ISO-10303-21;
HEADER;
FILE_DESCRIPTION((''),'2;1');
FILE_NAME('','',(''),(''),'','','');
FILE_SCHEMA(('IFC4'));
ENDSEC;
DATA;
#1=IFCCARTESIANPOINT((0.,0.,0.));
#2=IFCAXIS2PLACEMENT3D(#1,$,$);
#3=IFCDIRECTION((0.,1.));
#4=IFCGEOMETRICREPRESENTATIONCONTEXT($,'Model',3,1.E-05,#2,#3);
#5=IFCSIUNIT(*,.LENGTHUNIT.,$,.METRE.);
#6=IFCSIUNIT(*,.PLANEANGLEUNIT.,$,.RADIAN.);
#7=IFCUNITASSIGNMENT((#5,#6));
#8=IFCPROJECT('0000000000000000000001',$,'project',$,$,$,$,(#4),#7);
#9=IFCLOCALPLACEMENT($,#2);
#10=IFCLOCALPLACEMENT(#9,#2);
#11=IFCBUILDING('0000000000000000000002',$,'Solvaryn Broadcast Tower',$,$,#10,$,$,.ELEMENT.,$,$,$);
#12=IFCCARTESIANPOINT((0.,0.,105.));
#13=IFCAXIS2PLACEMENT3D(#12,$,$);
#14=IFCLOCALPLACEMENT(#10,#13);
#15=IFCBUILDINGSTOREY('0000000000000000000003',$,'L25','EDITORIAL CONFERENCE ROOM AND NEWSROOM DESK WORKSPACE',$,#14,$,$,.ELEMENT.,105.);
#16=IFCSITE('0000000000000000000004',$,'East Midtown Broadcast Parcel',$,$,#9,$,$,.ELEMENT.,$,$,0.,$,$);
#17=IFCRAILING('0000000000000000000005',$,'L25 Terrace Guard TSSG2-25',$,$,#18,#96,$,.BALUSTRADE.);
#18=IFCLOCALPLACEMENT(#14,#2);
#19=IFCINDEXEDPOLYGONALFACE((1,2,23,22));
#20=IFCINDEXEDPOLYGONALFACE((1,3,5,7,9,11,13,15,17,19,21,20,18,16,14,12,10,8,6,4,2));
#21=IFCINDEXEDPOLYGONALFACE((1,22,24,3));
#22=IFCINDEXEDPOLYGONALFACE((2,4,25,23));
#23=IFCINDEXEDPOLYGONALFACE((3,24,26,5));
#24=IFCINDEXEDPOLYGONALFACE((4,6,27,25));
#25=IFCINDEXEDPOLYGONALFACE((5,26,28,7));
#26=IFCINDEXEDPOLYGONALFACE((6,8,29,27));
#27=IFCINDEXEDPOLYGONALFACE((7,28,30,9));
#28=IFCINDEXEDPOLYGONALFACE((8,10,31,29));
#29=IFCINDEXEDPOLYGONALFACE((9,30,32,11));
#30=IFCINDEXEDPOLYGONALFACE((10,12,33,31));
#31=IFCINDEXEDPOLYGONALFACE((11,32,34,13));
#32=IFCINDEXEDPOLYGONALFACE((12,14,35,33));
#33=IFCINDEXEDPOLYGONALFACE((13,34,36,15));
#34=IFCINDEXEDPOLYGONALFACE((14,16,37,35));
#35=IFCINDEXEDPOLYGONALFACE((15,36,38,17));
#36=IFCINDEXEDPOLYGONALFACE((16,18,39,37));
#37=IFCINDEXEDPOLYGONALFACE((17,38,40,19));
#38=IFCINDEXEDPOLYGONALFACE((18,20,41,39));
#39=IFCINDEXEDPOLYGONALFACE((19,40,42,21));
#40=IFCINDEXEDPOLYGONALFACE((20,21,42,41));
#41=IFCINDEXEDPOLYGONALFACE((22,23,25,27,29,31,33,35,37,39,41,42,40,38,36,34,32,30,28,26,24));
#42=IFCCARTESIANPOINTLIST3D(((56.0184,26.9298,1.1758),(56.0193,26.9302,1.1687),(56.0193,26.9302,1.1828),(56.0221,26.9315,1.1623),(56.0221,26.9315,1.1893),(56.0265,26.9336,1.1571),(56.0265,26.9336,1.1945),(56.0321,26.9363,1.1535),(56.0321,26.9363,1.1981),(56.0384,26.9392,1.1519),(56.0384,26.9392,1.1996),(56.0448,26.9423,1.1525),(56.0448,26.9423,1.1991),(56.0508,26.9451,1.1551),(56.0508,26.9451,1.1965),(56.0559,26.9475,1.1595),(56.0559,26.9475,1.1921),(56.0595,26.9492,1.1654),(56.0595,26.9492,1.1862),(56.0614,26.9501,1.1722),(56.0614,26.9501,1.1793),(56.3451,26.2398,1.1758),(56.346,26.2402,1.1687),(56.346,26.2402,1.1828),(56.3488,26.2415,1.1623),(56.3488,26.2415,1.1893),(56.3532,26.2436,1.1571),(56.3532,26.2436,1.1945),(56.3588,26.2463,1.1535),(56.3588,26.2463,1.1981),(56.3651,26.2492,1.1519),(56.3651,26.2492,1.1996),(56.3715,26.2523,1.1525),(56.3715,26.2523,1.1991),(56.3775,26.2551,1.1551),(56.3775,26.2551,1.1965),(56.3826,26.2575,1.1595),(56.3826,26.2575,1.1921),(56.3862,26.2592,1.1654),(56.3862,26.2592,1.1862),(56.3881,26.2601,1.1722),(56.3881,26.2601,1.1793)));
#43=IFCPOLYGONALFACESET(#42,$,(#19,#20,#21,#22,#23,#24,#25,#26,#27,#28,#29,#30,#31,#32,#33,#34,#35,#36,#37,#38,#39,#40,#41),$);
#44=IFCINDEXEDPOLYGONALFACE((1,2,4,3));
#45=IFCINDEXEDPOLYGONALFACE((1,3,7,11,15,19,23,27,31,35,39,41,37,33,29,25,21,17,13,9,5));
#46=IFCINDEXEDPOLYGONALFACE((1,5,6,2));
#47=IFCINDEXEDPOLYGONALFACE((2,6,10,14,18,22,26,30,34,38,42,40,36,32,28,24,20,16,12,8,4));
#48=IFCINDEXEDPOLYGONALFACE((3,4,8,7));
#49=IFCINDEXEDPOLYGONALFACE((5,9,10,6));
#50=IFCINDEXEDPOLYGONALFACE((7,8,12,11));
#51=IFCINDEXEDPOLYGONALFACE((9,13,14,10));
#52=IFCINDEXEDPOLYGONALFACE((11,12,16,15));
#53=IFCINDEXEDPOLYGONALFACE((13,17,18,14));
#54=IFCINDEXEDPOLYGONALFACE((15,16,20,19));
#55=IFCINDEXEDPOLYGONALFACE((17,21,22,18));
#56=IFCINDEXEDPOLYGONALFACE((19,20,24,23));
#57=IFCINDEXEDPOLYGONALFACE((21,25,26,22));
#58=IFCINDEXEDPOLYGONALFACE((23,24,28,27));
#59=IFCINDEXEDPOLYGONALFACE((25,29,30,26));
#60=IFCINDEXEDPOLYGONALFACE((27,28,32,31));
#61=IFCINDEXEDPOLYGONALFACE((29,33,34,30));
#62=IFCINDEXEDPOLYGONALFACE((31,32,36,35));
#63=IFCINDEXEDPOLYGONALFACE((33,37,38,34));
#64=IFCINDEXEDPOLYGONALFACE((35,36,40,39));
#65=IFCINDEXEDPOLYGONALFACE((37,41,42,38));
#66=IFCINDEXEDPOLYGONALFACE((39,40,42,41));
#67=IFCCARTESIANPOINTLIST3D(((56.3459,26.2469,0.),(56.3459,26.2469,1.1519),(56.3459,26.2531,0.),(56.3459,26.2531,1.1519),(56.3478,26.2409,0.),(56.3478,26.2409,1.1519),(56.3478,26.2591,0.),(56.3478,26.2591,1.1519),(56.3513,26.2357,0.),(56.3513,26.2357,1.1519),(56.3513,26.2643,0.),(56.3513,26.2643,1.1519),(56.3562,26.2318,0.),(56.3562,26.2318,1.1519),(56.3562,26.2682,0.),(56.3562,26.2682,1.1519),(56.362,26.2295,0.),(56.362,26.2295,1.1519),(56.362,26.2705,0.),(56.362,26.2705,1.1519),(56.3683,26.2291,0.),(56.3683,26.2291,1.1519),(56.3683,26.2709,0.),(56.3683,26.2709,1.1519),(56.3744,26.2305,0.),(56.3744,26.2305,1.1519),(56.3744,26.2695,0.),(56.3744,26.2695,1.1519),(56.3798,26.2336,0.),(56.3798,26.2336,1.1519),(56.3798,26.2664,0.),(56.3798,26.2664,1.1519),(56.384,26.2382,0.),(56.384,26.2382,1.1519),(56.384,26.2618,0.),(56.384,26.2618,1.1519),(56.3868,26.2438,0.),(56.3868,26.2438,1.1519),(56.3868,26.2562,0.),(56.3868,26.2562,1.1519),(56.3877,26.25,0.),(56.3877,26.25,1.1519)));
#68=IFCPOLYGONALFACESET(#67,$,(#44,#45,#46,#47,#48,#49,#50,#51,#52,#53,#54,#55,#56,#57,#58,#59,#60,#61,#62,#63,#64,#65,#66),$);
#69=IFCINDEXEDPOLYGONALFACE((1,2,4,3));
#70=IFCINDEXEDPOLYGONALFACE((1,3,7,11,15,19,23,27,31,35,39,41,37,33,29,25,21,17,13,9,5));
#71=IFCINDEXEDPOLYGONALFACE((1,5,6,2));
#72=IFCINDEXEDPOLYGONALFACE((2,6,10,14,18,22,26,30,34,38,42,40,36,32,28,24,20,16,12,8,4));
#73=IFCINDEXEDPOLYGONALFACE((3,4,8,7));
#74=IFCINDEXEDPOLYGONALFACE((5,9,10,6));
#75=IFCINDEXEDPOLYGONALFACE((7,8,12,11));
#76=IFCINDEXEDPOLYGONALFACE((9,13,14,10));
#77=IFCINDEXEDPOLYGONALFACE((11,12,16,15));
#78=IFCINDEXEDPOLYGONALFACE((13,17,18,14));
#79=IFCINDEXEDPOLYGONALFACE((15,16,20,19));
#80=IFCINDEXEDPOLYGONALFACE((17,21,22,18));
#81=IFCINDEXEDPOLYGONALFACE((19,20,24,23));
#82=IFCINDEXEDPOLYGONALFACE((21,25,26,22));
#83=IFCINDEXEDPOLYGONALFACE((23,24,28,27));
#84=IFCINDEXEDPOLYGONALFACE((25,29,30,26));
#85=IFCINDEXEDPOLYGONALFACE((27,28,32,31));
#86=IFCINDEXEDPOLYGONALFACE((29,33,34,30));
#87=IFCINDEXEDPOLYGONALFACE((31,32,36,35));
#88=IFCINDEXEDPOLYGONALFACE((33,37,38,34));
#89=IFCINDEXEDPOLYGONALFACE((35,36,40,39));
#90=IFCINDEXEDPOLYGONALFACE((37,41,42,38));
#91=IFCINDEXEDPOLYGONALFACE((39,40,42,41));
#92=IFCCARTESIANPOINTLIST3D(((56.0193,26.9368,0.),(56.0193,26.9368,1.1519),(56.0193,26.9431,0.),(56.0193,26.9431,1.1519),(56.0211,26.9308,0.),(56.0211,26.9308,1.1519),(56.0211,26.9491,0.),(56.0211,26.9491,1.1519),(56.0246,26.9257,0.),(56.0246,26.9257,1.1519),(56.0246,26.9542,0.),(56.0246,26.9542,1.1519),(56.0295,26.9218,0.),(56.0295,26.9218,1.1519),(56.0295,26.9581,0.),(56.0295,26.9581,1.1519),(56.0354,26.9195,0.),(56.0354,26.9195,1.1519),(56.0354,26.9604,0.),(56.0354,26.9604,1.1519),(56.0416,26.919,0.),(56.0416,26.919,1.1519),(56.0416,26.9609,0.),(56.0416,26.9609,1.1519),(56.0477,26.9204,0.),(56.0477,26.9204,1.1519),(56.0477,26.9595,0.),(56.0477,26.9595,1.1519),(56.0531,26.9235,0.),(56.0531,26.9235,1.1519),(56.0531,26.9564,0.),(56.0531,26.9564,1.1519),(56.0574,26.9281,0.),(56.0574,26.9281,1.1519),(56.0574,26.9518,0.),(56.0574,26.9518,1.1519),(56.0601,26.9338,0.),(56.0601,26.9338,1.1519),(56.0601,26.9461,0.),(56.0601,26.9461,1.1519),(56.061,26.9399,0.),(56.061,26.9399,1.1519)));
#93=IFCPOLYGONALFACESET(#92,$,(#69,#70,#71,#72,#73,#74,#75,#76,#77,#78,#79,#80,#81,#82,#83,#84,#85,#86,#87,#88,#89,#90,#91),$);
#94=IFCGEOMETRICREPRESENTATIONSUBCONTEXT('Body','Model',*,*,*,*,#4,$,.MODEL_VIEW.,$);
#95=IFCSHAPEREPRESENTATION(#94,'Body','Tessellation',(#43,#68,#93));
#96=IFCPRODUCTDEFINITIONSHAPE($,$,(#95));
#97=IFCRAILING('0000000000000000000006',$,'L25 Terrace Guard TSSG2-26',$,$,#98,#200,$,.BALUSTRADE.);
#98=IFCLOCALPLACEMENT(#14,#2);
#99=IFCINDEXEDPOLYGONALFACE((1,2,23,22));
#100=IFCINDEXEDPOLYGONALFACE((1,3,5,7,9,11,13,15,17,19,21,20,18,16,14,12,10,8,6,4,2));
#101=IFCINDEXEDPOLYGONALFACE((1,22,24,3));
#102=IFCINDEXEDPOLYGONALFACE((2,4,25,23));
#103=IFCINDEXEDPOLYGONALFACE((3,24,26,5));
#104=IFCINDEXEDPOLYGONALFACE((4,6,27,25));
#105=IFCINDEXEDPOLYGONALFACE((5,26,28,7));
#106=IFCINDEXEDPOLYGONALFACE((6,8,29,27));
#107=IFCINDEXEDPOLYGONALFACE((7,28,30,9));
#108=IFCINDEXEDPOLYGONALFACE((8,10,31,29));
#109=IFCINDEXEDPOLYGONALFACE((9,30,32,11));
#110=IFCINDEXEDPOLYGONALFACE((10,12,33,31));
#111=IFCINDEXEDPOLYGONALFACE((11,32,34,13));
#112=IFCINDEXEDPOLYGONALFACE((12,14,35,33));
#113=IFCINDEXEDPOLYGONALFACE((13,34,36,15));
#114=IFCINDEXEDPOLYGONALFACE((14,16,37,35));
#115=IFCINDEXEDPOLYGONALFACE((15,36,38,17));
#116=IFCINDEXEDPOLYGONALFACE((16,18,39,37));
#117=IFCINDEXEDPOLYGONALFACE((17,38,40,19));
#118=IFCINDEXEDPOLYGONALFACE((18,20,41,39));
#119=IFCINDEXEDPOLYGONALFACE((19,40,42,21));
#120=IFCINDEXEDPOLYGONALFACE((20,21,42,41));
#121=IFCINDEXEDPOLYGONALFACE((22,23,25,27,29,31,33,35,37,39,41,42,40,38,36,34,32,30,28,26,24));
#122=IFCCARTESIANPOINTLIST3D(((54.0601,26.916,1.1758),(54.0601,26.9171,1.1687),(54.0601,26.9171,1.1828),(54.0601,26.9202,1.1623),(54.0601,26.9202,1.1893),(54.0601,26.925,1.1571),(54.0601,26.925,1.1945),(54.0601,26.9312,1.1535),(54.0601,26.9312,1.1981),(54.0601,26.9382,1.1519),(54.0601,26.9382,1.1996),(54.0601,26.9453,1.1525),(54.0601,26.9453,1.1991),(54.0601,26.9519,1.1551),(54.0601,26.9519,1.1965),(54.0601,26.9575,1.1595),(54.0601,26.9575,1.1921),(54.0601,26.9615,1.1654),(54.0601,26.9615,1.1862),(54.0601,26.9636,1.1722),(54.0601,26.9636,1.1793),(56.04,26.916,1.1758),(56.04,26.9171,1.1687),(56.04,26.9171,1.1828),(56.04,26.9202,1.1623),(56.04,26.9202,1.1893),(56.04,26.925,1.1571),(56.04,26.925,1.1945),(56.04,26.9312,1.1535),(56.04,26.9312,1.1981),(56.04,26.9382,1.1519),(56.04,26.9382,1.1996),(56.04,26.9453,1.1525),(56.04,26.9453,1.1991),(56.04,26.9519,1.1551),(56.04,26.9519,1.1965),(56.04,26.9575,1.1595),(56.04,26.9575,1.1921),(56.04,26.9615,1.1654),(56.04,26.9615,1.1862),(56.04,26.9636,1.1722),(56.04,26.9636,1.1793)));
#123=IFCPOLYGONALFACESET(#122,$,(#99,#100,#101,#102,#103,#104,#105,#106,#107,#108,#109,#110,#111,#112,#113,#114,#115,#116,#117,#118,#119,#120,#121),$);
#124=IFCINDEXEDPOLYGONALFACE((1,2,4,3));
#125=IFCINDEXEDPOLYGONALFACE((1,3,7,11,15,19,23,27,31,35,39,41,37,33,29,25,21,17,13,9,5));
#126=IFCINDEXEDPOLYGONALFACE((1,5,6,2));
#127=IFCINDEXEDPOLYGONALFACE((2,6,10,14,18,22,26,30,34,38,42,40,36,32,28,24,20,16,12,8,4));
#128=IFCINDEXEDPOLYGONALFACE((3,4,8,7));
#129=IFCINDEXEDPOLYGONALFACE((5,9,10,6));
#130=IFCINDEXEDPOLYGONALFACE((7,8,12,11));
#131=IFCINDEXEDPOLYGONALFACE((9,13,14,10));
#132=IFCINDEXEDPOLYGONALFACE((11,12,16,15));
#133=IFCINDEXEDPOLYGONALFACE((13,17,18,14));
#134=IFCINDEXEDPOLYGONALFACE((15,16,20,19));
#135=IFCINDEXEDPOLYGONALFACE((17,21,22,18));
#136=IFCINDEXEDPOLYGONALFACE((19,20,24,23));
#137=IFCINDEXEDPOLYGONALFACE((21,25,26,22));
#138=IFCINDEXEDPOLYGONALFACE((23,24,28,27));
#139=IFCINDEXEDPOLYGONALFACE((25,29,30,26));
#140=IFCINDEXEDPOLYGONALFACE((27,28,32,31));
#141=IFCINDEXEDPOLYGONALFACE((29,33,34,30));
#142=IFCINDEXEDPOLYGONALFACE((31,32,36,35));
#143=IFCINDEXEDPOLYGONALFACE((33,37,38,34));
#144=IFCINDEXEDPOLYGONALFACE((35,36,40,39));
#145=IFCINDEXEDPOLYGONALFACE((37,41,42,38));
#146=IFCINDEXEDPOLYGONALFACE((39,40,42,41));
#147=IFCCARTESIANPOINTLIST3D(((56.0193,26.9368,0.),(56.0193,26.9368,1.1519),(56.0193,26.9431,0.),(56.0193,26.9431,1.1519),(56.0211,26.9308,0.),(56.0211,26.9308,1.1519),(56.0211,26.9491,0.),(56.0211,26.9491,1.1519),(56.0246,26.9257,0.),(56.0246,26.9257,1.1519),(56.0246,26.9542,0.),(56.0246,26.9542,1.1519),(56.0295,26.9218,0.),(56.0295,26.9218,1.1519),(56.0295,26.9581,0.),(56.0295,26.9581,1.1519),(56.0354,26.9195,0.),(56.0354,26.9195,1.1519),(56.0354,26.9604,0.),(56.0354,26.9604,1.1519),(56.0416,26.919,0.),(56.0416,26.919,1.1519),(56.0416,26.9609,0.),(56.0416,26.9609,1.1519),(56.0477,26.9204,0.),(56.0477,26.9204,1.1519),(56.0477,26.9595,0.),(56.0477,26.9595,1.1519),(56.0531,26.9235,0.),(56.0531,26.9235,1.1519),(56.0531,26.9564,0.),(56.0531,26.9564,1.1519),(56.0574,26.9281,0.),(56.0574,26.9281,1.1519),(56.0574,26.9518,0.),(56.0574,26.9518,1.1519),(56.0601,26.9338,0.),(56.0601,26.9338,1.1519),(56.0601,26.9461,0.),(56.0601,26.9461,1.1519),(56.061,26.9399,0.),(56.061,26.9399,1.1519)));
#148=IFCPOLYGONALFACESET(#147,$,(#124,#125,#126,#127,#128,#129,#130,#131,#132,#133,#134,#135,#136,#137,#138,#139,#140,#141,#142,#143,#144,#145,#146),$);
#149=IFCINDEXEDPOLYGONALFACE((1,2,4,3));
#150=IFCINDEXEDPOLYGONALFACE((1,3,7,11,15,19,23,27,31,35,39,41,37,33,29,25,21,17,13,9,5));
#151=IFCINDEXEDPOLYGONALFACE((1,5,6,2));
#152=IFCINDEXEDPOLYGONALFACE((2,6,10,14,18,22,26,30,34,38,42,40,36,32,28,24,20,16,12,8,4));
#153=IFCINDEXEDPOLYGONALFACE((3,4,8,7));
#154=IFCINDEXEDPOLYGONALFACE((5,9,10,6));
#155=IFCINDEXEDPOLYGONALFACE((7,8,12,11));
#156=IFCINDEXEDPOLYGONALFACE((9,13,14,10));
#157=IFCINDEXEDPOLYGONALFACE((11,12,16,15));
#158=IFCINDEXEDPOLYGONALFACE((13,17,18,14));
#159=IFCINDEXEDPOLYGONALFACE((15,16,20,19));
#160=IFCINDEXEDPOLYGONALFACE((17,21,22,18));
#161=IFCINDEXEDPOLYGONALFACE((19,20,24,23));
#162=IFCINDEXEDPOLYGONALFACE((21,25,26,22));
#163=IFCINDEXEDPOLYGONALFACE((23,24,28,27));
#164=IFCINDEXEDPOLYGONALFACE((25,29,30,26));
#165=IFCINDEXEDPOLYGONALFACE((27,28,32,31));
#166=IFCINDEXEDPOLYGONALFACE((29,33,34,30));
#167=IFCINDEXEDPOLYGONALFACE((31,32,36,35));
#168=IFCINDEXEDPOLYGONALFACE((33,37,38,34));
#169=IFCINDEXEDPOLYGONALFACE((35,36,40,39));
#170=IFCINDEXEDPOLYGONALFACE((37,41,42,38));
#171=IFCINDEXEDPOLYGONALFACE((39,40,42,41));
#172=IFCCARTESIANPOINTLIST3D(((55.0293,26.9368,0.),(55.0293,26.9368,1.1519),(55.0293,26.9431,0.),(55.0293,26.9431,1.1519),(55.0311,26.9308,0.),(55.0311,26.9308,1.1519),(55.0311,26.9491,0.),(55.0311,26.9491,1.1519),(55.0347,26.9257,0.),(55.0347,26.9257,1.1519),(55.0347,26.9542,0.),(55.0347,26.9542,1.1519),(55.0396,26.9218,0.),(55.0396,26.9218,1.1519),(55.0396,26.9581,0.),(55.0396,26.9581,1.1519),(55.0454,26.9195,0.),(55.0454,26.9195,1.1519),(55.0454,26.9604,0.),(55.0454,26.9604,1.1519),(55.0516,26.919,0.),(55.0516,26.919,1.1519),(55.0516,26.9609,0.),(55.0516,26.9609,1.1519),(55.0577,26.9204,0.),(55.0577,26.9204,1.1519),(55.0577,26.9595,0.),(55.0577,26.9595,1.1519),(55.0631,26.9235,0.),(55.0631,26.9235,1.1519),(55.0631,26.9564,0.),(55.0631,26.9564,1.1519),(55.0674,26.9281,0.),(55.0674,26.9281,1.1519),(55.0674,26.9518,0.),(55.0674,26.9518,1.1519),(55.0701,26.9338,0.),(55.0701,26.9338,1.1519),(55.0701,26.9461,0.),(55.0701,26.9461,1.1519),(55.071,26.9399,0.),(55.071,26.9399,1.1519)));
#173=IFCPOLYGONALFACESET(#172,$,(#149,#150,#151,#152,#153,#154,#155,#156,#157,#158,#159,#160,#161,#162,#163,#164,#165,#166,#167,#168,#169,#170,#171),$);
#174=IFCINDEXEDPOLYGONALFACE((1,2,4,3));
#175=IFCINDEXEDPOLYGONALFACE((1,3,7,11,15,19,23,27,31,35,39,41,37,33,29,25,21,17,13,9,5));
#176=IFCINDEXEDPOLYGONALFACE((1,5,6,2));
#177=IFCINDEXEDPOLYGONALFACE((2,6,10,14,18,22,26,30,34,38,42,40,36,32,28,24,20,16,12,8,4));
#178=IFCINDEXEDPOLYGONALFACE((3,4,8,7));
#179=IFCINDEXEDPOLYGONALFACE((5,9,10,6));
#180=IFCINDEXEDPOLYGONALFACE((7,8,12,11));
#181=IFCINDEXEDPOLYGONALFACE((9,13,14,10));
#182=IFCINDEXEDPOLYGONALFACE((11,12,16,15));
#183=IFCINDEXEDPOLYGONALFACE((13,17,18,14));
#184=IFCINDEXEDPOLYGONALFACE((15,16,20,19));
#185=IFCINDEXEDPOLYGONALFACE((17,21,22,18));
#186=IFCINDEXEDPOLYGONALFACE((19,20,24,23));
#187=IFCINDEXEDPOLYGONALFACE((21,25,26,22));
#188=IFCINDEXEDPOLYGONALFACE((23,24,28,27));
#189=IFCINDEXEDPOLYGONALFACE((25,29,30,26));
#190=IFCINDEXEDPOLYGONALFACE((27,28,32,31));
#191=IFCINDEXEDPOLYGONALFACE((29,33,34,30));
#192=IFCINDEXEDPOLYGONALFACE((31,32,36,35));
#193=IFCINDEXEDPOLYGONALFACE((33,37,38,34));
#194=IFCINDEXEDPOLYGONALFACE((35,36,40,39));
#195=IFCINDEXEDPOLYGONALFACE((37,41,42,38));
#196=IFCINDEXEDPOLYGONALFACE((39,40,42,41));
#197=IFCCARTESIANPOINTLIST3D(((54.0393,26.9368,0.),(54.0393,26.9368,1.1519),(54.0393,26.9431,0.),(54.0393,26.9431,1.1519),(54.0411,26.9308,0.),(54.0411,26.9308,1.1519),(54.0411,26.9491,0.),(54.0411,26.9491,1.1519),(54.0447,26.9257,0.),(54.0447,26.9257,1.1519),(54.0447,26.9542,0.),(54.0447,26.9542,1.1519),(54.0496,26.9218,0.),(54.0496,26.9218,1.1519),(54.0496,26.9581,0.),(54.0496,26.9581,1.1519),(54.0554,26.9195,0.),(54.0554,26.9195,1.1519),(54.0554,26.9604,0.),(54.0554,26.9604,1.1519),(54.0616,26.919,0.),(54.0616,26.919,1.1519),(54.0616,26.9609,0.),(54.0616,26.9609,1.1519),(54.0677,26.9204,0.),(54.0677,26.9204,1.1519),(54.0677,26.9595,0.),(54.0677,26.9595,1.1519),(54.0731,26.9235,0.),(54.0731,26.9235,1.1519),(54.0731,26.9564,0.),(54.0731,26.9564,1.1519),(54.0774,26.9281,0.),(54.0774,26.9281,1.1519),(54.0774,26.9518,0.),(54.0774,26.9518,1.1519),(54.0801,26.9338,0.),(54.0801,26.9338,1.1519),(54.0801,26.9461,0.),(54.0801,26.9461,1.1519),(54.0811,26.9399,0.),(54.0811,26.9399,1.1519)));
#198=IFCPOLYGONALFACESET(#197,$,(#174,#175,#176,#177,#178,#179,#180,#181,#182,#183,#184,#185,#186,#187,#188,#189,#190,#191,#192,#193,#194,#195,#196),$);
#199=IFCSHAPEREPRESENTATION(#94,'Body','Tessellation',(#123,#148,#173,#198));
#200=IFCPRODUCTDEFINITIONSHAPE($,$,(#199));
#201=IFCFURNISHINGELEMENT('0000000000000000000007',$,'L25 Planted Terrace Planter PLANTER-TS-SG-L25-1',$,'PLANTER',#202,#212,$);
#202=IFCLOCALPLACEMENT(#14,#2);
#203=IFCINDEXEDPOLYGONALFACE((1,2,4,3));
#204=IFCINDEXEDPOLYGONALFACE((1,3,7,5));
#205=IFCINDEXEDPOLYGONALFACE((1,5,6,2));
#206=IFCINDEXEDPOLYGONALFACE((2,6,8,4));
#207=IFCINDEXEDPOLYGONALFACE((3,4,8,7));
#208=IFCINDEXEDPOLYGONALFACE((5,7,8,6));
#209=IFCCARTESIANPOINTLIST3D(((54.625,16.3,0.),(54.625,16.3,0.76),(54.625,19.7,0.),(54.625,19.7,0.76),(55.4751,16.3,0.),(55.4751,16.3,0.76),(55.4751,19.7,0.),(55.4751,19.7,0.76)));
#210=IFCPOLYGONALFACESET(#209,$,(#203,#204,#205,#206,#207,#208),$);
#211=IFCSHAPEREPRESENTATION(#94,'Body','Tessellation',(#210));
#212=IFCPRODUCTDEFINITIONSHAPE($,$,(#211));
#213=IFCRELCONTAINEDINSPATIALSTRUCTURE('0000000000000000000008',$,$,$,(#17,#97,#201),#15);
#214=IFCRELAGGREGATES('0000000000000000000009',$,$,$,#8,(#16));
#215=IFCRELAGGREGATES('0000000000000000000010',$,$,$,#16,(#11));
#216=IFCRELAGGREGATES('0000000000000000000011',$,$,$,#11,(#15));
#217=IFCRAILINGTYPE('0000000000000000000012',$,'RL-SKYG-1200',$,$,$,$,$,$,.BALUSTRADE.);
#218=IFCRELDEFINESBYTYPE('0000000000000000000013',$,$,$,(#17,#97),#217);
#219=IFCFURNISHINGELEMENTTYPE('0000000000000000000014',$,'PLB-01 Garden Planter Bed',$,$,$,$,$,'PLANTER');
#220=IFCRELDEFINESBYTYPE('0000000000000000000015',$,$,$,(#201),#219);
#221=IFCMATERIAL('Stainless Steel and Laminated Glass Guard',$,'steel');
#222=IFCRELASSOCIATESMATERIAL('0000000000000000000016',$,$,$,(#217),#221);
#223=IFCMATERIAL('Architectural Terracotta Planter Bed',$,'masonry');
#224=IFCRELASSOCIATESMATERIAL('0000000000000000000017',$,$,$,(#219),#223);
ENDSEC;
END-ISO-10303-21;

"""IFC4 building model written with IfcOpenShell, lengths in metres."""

from ifc_helpers import new_model, si_unit, direction, frame, origin, origin_2d, place, context, subcontext, project, spatial, rectangle, circle, extrude, material, type_object, element, save


model = new_model("IFC4")

# Units and contexts
model_context = context("Model", 3, precision=1e-05, world=origin(), true_north=direction((0.0, 1.0)))
body_context = subcontext(model_context, "Body", "Model", "MODEL_VIEW")
ifc_project = project(units=[si_unit("LENGTHUNIT", "METRE"), si_unit("PLANEANGLEUNIT", "RADIAN")], contexts=[model_context])

# Site, building, storey
site_placement = place(None, origin())
site = spatial("IfcSite", under=ifc_project, at=site_placement, Name="East Midtown Broadcast Parcel", CompositionType="ELEMENT", RefElevation=0.0)
building_placement = place(site_placement, origin())
building = spatial("IfcBuilding", under=site, at=building_placement, Name="Solvaryn Broadcast Tower", CompositionType="ELEMENT")
storey_placement = place(building_placement, frame((0.0, 0.0, 105.0)))
storey = spatial("IfcBuildingStorey", under=building, at=storey_placement, Name="L25", Description="EDITORIAL CONFERENCE ROOM AND NEWSROOM DESK WORKSPACE", CompositionType="ELEMENT", Elevation=105.0)

# Railings
ifc_material_1 = material(Name="Stainless Steel and Laminated Glass Guard", Category="steel")
railing_type = type_object("IfcRailingType", Name="RL-SKYG-1200", PredefinedType="BALUSTRADE", material=ifc_material_1)
railing_1_placement = place(storey_placement, frame((56.3667, 26.25, 0.0)))
element("IfcRailing", 1, at=railing_1_placement, inside=storey, type_object=railing_type, Name="L25 Terrace Guard TSSG2-25", PredefinedType="BALUSTRADE", context=body_context, shape_type="SweptSolid", body=[
    extrude(circle(Radius=0.0239, at=origin_2d()), frame((0.0, 0.0, 1.1758), z_axis=(-0.427921, 0.903816, 0.0), x_axis=(-0.903816, -0.427921, 0.0)), (0.0, 0.0, 1.0), 0.7634),
    extrude(circle(Radius=0.021, at=origin_2d()), origin(), (0.0, 0.0, 1.0), 1.1519),
    extrude(circle(Radius=0.021, at=origin_2d()), frame((-0.3267, 0.6899, 0.0)), (0.0, 0.0, 1.0), 1.1519),
])
railing_2_placement = place(storey_placement, frame((56.04, 26.9399, 0.0)))
element("IfcRailing", 2, at=railing_2_placement, inside=storey, type_object=railing_type, Name="L25 Terrace Guard TSSG2-26", PredefinedType="BALUSTRADE", context=body_context, shape_type="SweptSolid", body=[
    extrude(circle(Radius=0.0239, at=origin_2d()), frame((0.0, 0.0, 1.1758), z_axis=(-1.0, 0.0, 0.0), x_axis=(0.0, -1.0, 0.0)), (0.0, 0.0, 1.0), 1.98),
    extrude(circle(Radius=0.021, at=origin_2d()), origin(), (0.0, 0.0, 1.0), 1.1519),
    extrude(circle(Radius=0.021, at=origin_2d()), frame((-0.99, 0.0, 0.0)), (0.0, 0.0, 1.0), 1.1519),
    extrude(circle(Radius=0.021, at=origin_2d()), frame((-1.98, 0.0, 0.0)), (0.0, 0.0, 1.0), 1.1519),
])

# Furnishing element
ifc_material_2 = material(Name="Architectural Terracotta Planter Bed", Category="masonry")
furnishing_element_type = type_object("IfcFurnishingElementType", Name="PLB-01 Garden Planter Bed", ElementType="PLANTER", material=ifc_material_2)
furnishing_placement = place(storey_placement, frame((55.05, 18.0, 0.0), z_axis=(0.0, 0.0, 1.0), x_axis=(1.0, 0.0, 0.0)))
element("IfcFurnishingElement", 3, at=furnishing_placement, inside=storey, type_object=furnishing_element_type, Name="L25 Planted Terrace Planter PLANTER-TS-SG-L25-1", ObjectType="PLANTER", context=body_context, shape_type="SweptSolid", body=[
    extrude(rectangle(XDim=0.8501, YDim=3.3999, at=origin_2d()), origin(), (0.0, 0.0, 1.0), 0.76),
])

save(model, "model.ifc")
